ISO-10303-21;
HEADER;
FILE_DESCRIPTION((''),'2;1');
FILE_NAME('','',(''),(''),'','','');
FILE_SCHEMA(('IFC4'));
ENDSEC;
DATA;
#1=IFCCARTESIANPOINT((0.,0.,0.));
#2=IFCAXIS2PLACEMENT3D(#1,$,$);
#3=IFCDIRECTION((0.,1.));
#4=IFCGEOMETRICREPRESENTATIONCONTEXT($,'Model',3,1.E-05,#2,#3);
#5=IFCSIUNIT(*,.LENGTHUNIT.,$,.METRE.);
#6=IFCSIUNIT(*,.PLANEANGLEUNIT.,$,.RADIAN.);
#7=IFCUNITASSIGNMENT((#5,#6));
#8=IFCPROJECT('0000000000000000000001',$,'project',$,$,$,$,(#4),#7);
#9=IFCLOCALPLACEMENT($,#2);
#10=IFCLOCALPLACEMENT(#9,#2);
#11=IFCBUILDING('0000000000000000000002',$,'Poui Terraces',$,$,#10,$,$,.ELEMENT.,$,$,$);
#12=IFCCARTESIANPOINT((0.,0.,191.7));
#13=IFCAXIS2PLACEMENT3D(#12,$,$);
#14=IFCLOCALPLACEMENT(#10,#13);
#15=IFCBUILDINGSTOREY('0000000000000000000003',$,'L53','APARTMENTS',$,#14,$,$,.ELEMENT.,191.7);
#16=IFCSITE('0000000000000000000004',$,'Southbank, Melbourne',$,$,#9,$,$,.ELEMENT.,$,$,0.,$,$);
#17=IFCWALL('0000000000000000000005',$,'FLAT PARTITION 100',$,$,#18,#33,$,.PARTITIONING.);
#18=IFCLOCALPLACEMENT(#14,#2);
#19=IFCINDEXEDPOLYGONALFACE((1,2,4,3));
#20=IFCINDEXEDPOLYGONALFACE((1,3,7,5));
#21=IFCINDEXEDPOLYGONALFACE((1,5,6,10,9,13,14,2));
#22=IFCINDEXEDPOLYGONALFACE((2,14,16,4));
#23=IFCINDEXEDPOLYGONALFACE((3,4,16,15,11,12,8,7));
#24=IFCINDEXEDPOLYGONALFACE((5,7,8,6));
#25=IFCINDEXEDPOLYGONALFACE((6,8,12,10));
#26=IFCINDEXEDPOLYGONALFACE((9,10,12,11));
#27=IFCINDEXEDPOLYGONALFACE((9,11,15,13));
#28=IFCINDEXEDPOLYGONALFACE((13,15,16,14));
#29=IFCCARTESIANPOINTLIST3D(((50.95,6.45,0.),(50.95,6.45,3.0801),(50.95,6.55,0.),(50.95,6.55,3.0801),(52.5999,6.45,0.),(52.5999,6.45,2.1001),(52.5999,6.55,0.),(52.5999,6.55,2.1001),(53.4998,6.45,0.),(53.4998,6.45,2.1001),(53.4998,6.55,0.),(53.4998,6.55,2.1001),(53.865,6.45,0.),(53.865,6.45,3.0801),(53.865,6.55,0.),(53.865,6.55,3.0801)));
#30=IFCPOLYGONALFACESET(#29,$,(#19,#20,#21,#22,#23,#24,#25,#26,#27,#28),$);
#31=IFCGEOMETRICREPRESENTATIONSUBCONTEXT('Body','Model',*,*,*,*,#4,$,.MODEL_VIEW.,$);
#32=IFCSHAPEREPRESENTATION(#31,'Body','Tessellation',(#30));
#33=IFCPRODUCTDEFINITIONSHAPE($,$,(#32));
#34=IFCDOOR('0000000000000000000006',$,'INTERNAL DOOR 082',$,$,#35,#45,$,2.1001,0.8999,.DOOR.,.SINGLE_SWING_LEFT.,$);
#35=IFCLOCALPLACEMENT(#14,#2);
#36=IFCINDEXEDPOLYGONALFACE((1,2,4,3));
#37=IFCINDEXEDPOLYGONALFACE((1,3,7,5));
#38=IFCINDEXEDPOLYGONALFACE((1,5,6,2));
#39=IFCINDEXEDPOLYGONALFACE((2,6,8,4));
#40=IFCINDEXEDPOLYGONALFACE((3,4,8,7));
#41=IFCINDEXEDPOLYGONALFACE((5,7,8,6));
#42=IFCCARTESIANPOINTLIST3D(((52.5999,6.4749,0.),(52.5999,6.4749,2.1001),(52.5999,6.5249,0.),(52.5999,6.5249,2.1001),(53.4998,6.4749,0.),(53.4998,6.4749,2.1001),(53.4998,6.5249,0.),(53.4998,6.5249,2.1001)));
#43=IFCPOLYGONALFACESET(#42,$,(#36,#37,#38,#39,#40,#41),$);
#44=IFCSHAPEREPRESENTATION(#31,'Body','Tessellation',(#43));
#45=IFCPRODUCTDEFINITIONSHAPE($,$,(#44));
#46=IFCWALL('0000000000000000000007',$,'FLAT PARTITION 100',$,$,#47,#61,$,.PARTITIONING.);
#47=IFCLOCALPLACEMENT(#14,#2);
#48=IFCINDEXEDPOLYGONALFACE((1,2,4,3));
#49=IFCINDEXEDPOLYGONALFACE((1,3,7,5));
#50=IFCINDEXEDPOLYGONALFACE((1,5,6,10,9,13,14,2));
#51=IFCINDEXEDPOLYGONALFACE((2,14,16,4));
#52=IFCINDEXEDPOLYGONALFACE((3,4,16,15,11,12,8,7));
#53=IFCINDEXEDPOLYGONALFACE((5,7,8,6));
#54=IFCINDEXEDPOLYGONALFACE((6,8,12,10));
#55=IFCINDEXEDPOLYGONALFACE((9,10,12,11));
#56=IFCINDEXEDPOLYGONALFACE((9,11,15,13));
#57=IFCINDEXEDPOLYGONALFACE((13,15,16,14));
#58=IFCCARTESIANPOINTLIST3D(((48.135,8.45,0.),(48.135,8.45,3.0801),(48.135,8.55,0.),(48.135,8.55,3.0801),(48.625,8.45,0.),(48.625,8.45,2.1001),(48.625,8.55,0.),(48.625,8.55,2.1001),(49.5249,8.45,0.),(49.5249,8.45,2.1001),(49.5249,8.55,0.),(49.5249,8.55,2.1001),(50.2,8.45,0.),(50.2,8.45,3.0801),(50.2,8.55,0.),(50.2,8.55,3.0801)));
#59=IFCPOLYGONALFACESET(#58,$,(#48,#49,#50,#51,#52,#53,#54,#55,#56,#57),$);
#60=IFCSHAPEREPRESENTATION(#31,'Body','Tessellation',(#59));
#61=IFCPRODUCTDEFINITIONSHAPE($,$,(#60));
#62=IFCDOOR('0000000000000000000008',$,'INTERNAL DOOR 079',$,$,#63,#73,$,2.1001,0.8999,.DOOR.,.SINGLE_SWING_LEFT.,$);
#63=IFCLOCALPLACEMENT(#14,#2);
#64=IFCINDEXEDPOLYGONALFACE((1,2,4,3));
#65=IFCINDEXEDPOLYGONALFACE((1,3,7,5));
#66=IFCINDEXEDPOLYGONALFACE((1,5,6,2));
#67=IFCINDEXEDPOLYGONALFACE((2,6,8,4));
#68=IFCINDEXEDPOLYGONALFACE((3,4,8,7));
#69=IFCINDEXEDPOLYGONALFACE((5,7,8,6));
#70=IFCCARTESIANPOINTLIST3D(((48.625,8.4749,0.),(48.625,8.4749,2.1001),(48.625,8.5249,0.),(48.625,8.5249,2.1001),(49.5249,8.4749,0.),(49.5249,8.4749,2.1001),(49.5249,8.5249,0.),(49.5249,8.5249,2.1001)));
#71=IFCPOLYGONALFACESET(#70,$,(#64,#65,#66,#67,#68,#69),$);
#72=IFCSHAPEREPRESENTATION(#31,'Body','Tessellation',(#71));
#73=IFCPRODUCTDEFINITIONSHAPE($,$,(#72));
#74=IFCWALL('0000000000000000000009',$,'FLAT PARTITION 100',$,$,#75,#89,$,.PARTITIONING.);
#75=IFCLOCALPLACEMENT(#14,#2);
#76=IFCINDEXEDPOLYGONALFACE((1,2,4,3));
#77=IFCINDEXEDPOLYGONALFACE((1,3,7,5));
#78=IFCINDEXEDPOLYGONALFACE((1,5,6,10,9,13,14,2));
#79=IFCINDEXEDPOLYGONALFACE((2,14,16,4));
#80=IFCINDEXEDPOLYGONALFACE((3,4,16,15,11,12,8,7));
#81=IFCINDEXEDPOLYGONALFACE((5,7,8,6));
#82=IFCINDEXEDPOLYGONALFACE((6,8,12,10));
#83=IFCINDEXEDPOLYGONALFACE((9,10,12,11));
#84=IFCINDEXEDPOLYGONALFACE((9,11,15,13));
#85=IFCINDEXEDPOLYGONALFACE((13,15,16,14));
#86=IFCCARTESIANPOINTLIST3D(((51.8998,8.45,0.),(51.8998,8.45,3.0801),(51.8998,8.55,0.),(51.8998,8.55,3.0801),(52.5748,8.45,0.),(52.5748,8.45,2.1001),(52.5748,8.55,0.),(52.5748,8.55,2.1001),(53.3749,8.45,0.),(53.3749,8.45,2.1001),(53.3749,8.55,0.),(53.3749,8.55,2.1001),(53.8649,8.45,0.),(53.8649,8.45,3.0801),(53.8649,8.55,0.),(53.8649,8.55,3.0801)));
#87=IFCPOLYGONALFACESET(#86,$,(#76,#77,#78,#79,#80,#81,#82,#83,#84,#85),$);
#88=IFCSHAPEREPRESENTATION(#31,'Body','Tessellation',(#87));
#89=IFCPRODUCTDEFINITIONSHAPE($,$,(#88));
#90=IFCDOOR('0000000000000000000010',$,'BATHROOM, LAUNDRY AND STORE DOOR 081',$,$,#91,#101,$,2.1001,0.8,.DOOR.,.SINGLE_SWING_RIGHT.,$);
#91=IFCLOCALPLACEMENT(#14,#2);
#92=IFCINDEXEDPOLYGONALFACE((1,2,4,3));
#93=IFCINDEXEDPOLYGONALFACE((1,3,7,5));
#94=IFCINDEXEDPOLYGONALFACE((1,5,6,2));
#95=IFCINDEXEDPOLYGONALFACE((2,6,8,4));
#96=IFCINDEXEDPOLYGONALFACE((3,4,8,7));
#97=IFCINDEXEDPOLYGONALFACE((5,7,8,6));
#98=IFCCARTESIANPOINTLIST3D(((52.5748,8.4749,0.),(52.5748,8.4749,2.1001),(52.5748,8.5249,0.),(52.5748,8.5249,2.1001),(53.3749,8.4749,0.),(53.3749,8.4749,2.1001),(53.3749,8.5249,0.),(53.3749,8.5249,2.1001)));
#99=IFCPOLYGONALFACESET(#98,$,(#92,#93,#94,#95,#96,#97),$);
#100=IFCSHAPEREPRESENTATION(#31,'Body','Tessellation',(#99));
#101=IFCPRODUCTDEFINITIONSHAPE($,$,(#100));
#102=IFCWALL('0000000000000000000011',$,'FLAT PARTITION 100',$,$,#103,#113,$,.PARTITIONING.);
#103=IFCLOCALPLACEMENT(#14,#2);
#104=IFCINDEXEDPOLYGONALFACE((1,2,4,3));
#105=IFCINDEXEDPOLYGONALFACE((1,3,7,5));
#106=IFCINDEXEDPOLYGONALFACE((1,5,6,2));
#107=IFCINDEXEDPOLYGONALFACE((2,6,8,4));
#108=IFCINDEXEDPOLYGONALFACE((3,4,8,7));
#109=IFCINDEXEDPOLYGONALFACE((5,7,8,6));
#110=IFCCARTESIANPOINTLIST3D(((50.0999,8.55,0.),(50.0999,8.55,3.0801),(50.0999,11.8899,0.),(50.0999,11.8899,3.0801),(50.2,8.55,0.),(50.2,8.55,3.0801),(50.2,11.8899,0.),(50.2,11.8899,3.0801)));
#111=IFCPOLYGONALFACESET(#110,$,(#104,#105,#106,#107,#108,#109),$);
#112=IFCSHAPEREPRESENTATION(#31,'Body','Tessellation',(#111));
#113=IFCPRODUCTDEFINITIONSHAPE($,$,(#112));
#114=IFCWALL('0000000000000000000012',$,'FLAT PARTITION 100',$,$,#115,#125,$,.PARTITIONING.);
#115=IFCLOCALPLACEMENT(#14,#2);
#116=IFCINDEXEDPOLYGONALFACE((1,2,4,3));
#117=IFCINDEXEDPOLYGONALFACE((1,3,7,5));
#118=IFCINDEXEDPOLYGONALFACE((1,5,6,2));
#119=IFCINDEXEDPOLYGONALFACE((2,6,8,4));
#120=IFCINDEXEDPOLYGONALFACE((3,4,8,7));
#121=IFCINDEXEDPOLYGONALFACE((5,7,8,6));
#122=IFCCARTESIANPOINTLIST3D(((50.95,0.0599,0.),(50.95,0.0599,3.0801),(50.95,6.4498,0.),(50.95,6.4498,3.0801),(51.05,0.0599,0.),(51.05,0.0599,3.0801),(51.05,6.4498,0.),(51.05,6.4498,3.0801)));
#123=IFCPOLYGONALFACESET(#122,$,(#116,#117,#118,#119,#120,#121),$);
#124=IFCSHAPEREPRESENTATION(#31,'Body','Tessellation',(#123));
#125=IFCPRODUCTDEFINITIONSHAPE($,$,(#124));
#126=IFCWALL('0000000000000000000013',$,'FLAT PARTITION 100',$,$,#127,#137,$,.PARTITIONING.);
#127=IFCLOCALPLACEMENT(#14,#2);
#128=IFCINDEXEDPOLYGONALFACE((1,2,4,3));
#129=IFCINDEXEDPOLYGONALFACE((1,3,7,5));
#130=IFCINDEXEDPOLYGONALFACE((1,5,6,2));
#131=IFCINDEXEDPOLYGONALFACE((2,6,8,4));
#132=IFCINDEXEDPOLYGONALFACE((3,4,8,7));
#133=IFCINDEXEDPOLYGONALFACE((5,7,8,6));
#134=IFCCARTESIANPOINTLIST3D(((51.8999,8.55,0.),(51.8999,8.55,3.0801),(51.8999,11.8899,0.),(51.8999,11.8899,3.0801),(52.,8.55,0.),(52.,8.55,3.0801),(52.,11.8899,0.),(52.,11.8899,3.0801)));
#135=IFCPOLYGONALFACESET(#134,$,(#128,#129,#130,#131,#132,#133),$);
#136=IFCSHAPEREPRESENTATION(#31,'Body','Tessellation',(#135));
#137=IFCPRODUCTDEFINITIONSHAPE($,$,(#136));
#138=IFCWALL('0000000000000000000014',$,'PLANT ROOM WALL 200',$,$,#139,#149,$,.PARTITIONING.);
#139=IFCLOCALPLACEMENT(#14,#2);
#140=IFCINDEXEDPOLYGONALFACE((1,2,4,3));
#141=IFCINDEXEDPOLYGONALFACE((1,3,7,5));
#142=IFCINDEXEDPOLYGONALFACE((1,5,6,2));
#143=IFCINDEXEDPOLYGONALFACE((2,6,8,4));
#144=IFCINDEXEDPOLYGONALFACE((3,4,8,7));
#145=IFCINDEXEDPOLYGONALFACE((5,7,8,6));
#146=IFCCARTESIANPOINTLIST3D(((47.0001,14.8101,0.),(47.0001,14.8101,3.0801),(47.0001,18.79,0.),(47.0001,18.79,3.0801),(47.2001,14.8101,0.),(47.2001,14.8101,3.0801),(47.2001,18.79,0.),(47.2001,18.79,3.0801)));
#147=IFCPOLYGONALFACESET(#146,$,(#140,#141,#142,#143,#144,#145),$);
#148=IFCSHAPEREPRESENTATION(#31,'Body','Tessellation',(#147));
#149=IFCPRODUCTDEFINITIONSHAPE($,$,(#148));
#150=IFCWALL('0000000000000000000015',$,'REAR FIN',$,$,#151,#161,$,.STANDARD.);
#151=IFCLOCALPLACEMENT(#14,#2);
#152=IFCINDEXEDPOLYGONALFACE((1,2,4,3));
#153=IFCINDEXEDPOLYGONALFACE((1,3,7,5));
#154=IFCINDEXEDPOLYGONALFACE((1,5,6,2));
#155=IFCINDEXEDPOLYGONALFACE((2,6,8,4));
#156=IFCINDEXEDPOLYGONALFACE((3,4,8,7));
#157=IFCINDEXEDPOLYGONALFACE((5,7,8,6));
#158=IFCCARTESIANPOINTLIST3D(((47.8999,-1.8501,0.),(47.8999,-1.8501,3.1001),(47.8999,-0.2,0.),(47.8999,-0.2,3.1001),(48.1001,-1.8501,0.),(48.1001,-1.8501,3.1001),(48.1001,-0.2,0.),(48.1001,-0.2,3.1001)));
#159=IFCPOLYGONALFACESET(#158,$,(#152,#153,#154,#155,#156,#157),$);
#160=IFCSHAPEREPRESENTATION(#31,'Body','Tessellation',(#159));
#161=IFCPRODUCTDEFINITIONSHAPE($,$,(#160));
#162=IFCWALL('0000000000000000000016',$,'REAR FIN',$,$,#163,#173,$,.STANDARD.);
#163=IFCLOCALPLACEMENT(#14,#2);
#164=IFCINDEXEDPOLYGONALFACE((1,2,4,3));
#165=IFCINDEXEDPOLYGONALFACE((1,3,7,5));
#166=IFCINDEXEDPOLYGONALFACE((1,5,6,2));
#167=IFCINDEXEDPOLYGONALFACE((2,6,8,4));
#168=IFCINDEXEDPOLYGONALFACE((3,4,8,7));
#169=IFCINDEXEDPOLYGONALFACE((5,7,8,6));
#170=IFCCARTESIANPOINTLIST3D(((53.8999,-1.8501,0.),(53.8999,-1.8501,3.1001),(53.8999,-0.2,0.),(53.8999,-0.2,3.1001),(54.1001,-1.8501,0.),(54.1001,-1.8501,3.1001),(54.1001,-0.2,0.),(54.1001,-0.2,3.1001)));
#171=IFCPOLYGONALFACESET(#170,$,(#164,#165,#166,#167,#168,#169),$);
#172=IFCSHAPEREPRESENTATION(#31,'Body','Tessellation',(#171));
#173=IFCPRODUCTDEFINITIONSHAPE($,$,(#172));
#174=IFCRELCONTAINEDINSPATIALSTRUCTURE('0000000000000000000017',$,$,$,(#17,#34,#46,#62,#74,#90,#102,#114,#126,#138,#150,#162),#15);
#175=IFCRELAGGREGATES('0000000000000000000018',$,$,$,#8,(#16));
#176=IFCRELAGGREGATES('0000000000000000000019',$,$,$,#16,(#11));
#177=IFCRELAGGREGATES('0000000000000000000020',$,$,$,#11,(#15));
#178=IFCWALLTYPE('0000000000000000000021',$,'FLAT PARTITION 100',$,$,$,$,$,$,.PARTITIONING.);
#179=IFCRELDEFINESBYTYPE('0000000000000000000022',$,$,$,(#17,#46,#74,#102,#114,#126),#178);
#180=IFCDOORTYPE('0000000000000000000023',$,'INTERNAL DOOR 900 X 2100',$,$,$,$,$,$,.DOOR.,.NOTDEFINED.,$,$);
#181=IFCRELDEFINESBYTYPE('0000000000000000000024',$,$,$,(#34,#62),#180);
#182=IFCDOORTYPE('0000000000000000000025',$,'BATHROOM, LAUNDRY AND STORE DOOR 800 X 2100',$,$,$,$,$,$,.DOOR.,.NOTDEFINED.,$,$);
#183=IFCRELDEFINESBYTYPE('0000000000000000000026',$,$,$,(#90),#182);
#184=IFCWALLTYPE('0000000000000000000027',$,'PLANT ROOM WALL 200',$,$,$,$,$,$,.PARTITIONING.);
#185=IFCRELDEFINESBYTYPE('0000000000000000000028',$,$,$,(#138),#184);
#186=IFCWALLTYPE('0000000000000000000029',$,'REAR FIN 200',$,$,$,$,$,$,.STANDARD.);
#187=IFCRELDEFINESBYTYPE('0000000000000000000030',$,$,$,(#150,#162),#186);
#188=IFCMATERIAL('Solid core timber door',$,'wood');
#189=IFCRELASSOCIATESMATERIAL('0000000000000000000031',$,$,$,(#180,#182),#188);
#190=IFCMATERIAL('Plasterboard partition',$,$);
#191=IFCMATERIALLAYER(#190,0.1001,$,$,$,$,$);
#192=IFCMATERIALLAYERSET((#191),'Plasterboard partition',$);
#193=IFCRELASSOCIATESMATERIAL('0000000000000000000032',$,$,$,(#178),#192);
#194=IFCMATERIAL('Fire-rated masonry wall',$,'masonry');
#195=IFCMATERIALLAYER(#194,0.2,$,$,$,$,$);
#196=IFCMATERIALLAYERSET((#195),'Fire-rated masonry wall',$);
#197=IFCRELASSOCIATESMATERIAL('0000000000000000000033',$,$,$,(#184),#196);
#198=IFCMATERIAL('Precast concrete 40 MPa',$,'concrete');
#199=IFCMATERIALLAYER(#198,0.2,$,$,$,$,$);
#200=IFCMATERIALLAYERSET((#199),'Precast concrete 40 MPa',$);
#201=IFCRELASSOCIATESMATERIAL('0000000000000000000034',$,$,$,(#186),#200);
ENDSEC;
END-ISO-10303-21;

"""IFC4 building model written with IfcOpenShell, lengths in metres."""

from ifc_helpers import new_model, si_unit, direction, frame, frame_2d, origin, place, context, subcontext, project, spatial, polyline, rectangle, outline, extrude, source, transform, mapped, material, layer, layer_set, type_object, element, fill, save


model = new_model("IFC4")

# Units and contexts
model_context = context("Model", 3, precision=1e-05, world=origin(), true_north=direction((0.0, 1.0)))
body_context = subcontext(model_context, "Body", "Model", "MODEL_VIEW")
ifc_project = project(units=[si_unit("LENGTHUNIT", "METRE"), si_unit("PLANEANGLEUNIT", "RADIAN")], contexts=[model_context])

# Site, building, storey
site_placement = place(None, origin())
site = spatial("IfcSite", under=ifc_project, at=site_placement, Name="Southbank, Melbourne", CompositionType="ELEMENT", RefElevation=0.0)
building_placement = place(site_placement, origin())
building = spatial("IfcBuilding", under=site, at=building_placement, Name="Poui Terraces", CompositionType="ELEMENT")
storey_placement = place(building_placement, frame((0.0, 0.0, 191.7)))
storey = spatial("IfcBuildingStorey", under=building, at=storey_placement, Name="L53", Description="APARTMENTS", CompositionType="ELEMENT", Elevation=191.7)

# Shared definitions
ifc_material_1 = material(Name="Precast concrete 40 MPa", Category="concrete")

# Shared definitions
ifc_material_2 = material(Name="Solid core timber door", Category="wood")
door_type_1 = type_object("IfcDoorType", Name="INTERNAL DOOR 900 X 2100", OperationType="NOTDEFINED", PredefinedType="DOOR", material=ifc_material_2)

# Walls, openings, doors
ifc_material_3 = material(Name="Plasterboard partition")
ifc_layer_1 = layer(ifc_material_3, 0.1001)
ifc_layer_set_1 = layer_set([ifc_layer_1], Name="Plasterboard partition")
wall_type_1 = type_object("IfcWallType", Name="FLAT PARTITION 100", PredefinedType="PARTITIONING", material=ifc_layer_set_1)
wall_1_placement = place(storey_placement, frame((50.95, 6.5, 0.0), z_axis=(0.0, 0.0, 1.0), x_axis=(1.0, 0.0, 0.0)))
wall_1 = element("IfcWall", 1, at=wall_1_placement, inside=storey, type_object=wall_type_1, Name="FLAT PARTITION 100", PredefinedType="PARTITIONING", context=body_context, shape_type="SweptSolid", body=[
    extrude(rectangle(XDim=2.915, YDim=0.1001, at=frame_2d((1.4575, 0.0))), origin(), (0.0, 0.0, 1.0), 3.0801),
])
opening_1_placement = place(wall_1_placement, frame((1.6499, 0.0, 0.0)))
opening_1 = element("IfcOpeningElement", 2, at=opening_1_placement, cuts=wall_1, PredefinedType="OPENING", context=body_context, shape_type="SweptSolid", body=[
    extrude(rectangle(XDim=0.8999, YDim=2.1001, at=frame_2d((0.45, 1.05))), frame((0.0, 0.0601, 0.0), z_axis=(0.0, -1.0, 0.0), x_axis=(1.0, 0.0, 0.0)), (0.0, 0.0, 1.0), 0.1201),
])
door_1_placement = place(opening_1_placement, origin())
door_1 = element("IfcDoor", 3, at=door_1_placement, inside=storey, type_object=door_type_1, Name="INTERNAL DOOR 082", OperationType="SINGLE_SWING_LEFT", OverallHeight=2.1001, OverallWidth=0.8999, PredefinedType="DOOR", context=body_context, shape_type="SweptSolid", body=[
    extrude(rectangle(XDim=0.8999, YDim=2.1001, at=frame_2d((0.45, 1.05))), frame((0.0, 0.0249, 0.0), z_axis=(0.0, -1.0, 0.0), x_axis=(1.0, 0.0, 0.0)), (0.0, 0.0, 1.0), 0.05),
])
fill(opening_1, door_1)
wall_2_placement = place(storey_placement, frame((48.135, 8.5, 0.0), z_axis=(0.0, 0.0, 1.0), x_axis=(1.0, 0.0, 0.0)))
wall_2 = element("IfcWall", 4, at=wall_2_placement, inside=storey, type_object=wall_type_1, Name="FLAT PARTITION 100", PredefinedType="PARTITIONING", context=body_context, shape_type="SweptSolid", body=[
    extrude(rectangle(XDim=2.0649, YDim=0.1001, at=frame_2d((1.0325, 0.0))), origin(), (0.0, 0.0, 1.0), 3.0801),
])
opening_2_placement = place(wall_2_placement, frame((0.49, 0.0, 0.0)))
opening_2 = element("IfcOpeningElement", 5, at=opening_2_placement, cuts=wall_2, PredefinedType="OPENING", context=body_context, shape_type="SweptSolid", body=[
    extrude(rectangle(XDim=0.8999, YDim=2.1001, at=frame_2d((0.45, 1.05))), frame((0.0, 0.0601, 0.0), z_axis=(0.0, -1.0, 0.0), x_axis=(1.0, 0.0, 0.0)), (0.0, 0.0, 1.0), 0.1201),
])
door_2_placement = place(opening_2_placement, origin())
door_2 = element("IfcDoor", 6, at=door_2_placement, inside=storey, type_object=door_type_1, Name="INTERNAL DOOR 079", OperationType="SINGLE_SWING_LEFT", OverallHeight=2.1001, OverallWidth=0.8999, PredefinedType="DOOR", context=body_context, shape_type="SweptSolid", body=[
    extrude(rectangle(XDim=0.8999, YDim=2.1001, at=frame_2d((0.45, 1.05))), frame((0.0, 0.0249, 0.0), z_axis=(0.0, -1.0, 0.0), x_axis=(1.0, 0.0, 0.0)), (0.0, 0.0, 1.0), 0.05),
])
fill(opening_2, door_2)
wall_3_placement = place(storey_placement, frame((51.8999, 8.5, 0.0), z_axis=(0.0, 0.0, 1.0), x_axis=(1.0, 0.0, 0.0)))
wall_3 = element("IfcWall", 7, at=wall_3_placement, inside=storey, type_object=wall_type_1, Name="FLAT PARTITION 100", PredefinedType="PARTITIONING", context=body_context, shape_type="SweptSolid", body=[
    extrude(rectangle(XDim=1.9651, YDim=0.1001, at=frame_2d((0.9824, 0.0))), origin(), (0.0, 0.0, 1.0), 3.0801),
])
opening_3_placement = place(wall_3_placement, frame((0.675, 0.0, 0.0)))
opening_3 = element("IfcOpeningElement", 8, at=opening_3_placement, cuts=wall_3, PredefinedType="OPENING", context=body_context, shape_type="SweptSolid", body=[
    extrude(rectangle(XDim=0.8, YDim=2.1001, at=frame_2d((0.3999, 1.05))), frame((0.0, 0.0601, 0.0), z_axis=(0.0, -1.0, 0.0), x_axis=(1.0, 0.0, 0.0)), (0.0, 0.0, 1.0), 0.1201),
])
door_type_2 = type_object("IfcDoorType", Name="BATHROOM, LAUNDRY AND STORE DOOR 800 X 2100", OperationType="NOTDEFINED", PredefinedType="DOOR", material=ifc_material_2)
door_3_placement = place(opening_3_placement, origin())
door_3 = element("IfcDoor", 9, at=door_3_placement, inside=storey, type_object=door_type_2, Name="BATHROOM, LAUNDRY AND STORE DOOR 081", OperationType="SINGLE_SWING_RIGHT", OverallHeight=2.1001, OverallWidth=0.8, PredefinedType="DOOR", context=body_context, shape_type="SweptSolid", body=[
    extrude(rectangle(XDim=0.8, YDim=2.1001, at=frame_2d((0.3999, 1.05))), frame((0.0, 0.0249, 0.0), z_axis=(0.0, -1.0, 0.0), x_axis=(1.0, 0.0, 0.0)), (0.0, 0.0, 1.0), 0.05),
])
fill(opening_3, door_3)

# Walls
wall_4_placement = place(storey_placement, frame((50.1499, 8.55, 0.0), z_axis=(0.0, 0.0, 1.0), x_axis=(0.0, 1.0, 0.0)))
element("IfcWall", 10, at=wall_4_placement, inside=storey, type_object=wall_type_1, Name="FLAT PARTITION 100", PredefinedType="PARTITIONING", context=body_context, shape_type="SweptSolid", body=[
    extrude(rectangle(XDim=3.3398, YDim=0.1001, at=frame_2d((1.6699, 0.0))), origin(), (0.0, 0.0, 1.0), 3.0801),
])
wall_5_placement = place(storey_placement, frame((51.0, 0.0601, 0.0), z_axis=(0.0, 0.0, 1.0), x_axis=(0.0, 1.0, 0.0)))
element("IfcWall", 11, at=wall_5_placement, inside=storey, type_object=wall_type_1, Name="FLAT PARTITION 100", PredefinedType="PARTITIONING", context=body_context, shape_type="SweptSolid", body=[
    extrude(rectangle(XDim=6.3899, YDim=0.1001, at=frame_2d((3.1948, 0.0))), origin(), (0.0, 0.0, 1.0), 3.0801),
])
wall_6_placement = place(storey_placement, frame((51.95, 8.55, 0.0), z_axis=(0.0, 0.0, 1.0), x_axis=(0.0, 1.0, 0.0)))
element("IfcWall", 12, at=wall_6_placement, inside=storey, type_object=wall_type_1, Name="FLAT PARTITION 100", PredefinedType="PARTITIONING", context=body_context, shape_type="SweptSolid", body=[
    extrude(rectangle(XDim=3.3398, YDim=0.1001, at=frame_2d((1.6699, 0.0))), origin(), (0.0, 0.0, 1.0), 3.0801),
])
ifc_material_4 = material(Name="Fire-rated masonry wall", Category="masonry")
ifc_layer_2 = layer(ifc_material_4, 0.2)
ifc_layer_set_2 = layer_set([ifc_layer_2], Name="Fire-rated masonry wall")
wall_type_2 = type_object("IfcWallType", Name="PLANT ROOM WALL 200", PredefinedType="PARTITIONING", material=ifc_layer_set_2)
wall_7_placement = place(storey_placement, frame((47.1001, 14.8101, 0.0), z_axis=(0.0, 0.0, 1.0), x_axis=(0.0, 1.0, 0.0)))
element("IfcWall", 13, at=wall_7_placement, inside=storey, type_object=wall_type_2, Name="PLANT ROOM WALL 200", PredefinedType="PARTITIONING", context=body_context, shape_type="SweptSolid", body=[
    extrude(rectangle(XDim=3.98, YDim=0.2, at=frame_2d((1.99, 0.0))), origin(), (0.0, 0.0, 1.0), 3.0801),
])
ifc_layer_3 = layer(ifc_material_1, 0.2)
ifc_layer_set_3 = layer_set([ifc_layer_3], Name="Precast concrete 40 MPa")
wall_type_3 = type_object("IfcWallType", Name="REAR FIN 200", PredefinedType="STANDARD", material=ifc_layer_set_3)
shared_shape_1 = source(origin(), body_context, "Body", "SweptSolid", [
    extrude(outline(polyline([(0.0, 0.0), (0.2002, 0.0), (0.2002, 1.6501), (0.0, 1.6501), (0.0, 0.0)])), origin(), (0.0, 0.0, 1.0), 3.1001),
])
for number, where, name in (
    (14, (47.8999, -1.8501, 0.0), "REAR FIN"),
    (15, (53.8999, -1.8501, 0.0), "REAR FIN"),
):
    element("IfcWall", number, at=place(storey_placement, frame(where)), inside=storey, type_object=wall_type_3, Name=name, PredefinedType="STANDARD", context=body_context, shape_type="MappedRepresentation", body=[
        mapped(shared_shape_1, transform((0.0, 0.0, 0.0))),
    ])

save(model, "model.ifc")
